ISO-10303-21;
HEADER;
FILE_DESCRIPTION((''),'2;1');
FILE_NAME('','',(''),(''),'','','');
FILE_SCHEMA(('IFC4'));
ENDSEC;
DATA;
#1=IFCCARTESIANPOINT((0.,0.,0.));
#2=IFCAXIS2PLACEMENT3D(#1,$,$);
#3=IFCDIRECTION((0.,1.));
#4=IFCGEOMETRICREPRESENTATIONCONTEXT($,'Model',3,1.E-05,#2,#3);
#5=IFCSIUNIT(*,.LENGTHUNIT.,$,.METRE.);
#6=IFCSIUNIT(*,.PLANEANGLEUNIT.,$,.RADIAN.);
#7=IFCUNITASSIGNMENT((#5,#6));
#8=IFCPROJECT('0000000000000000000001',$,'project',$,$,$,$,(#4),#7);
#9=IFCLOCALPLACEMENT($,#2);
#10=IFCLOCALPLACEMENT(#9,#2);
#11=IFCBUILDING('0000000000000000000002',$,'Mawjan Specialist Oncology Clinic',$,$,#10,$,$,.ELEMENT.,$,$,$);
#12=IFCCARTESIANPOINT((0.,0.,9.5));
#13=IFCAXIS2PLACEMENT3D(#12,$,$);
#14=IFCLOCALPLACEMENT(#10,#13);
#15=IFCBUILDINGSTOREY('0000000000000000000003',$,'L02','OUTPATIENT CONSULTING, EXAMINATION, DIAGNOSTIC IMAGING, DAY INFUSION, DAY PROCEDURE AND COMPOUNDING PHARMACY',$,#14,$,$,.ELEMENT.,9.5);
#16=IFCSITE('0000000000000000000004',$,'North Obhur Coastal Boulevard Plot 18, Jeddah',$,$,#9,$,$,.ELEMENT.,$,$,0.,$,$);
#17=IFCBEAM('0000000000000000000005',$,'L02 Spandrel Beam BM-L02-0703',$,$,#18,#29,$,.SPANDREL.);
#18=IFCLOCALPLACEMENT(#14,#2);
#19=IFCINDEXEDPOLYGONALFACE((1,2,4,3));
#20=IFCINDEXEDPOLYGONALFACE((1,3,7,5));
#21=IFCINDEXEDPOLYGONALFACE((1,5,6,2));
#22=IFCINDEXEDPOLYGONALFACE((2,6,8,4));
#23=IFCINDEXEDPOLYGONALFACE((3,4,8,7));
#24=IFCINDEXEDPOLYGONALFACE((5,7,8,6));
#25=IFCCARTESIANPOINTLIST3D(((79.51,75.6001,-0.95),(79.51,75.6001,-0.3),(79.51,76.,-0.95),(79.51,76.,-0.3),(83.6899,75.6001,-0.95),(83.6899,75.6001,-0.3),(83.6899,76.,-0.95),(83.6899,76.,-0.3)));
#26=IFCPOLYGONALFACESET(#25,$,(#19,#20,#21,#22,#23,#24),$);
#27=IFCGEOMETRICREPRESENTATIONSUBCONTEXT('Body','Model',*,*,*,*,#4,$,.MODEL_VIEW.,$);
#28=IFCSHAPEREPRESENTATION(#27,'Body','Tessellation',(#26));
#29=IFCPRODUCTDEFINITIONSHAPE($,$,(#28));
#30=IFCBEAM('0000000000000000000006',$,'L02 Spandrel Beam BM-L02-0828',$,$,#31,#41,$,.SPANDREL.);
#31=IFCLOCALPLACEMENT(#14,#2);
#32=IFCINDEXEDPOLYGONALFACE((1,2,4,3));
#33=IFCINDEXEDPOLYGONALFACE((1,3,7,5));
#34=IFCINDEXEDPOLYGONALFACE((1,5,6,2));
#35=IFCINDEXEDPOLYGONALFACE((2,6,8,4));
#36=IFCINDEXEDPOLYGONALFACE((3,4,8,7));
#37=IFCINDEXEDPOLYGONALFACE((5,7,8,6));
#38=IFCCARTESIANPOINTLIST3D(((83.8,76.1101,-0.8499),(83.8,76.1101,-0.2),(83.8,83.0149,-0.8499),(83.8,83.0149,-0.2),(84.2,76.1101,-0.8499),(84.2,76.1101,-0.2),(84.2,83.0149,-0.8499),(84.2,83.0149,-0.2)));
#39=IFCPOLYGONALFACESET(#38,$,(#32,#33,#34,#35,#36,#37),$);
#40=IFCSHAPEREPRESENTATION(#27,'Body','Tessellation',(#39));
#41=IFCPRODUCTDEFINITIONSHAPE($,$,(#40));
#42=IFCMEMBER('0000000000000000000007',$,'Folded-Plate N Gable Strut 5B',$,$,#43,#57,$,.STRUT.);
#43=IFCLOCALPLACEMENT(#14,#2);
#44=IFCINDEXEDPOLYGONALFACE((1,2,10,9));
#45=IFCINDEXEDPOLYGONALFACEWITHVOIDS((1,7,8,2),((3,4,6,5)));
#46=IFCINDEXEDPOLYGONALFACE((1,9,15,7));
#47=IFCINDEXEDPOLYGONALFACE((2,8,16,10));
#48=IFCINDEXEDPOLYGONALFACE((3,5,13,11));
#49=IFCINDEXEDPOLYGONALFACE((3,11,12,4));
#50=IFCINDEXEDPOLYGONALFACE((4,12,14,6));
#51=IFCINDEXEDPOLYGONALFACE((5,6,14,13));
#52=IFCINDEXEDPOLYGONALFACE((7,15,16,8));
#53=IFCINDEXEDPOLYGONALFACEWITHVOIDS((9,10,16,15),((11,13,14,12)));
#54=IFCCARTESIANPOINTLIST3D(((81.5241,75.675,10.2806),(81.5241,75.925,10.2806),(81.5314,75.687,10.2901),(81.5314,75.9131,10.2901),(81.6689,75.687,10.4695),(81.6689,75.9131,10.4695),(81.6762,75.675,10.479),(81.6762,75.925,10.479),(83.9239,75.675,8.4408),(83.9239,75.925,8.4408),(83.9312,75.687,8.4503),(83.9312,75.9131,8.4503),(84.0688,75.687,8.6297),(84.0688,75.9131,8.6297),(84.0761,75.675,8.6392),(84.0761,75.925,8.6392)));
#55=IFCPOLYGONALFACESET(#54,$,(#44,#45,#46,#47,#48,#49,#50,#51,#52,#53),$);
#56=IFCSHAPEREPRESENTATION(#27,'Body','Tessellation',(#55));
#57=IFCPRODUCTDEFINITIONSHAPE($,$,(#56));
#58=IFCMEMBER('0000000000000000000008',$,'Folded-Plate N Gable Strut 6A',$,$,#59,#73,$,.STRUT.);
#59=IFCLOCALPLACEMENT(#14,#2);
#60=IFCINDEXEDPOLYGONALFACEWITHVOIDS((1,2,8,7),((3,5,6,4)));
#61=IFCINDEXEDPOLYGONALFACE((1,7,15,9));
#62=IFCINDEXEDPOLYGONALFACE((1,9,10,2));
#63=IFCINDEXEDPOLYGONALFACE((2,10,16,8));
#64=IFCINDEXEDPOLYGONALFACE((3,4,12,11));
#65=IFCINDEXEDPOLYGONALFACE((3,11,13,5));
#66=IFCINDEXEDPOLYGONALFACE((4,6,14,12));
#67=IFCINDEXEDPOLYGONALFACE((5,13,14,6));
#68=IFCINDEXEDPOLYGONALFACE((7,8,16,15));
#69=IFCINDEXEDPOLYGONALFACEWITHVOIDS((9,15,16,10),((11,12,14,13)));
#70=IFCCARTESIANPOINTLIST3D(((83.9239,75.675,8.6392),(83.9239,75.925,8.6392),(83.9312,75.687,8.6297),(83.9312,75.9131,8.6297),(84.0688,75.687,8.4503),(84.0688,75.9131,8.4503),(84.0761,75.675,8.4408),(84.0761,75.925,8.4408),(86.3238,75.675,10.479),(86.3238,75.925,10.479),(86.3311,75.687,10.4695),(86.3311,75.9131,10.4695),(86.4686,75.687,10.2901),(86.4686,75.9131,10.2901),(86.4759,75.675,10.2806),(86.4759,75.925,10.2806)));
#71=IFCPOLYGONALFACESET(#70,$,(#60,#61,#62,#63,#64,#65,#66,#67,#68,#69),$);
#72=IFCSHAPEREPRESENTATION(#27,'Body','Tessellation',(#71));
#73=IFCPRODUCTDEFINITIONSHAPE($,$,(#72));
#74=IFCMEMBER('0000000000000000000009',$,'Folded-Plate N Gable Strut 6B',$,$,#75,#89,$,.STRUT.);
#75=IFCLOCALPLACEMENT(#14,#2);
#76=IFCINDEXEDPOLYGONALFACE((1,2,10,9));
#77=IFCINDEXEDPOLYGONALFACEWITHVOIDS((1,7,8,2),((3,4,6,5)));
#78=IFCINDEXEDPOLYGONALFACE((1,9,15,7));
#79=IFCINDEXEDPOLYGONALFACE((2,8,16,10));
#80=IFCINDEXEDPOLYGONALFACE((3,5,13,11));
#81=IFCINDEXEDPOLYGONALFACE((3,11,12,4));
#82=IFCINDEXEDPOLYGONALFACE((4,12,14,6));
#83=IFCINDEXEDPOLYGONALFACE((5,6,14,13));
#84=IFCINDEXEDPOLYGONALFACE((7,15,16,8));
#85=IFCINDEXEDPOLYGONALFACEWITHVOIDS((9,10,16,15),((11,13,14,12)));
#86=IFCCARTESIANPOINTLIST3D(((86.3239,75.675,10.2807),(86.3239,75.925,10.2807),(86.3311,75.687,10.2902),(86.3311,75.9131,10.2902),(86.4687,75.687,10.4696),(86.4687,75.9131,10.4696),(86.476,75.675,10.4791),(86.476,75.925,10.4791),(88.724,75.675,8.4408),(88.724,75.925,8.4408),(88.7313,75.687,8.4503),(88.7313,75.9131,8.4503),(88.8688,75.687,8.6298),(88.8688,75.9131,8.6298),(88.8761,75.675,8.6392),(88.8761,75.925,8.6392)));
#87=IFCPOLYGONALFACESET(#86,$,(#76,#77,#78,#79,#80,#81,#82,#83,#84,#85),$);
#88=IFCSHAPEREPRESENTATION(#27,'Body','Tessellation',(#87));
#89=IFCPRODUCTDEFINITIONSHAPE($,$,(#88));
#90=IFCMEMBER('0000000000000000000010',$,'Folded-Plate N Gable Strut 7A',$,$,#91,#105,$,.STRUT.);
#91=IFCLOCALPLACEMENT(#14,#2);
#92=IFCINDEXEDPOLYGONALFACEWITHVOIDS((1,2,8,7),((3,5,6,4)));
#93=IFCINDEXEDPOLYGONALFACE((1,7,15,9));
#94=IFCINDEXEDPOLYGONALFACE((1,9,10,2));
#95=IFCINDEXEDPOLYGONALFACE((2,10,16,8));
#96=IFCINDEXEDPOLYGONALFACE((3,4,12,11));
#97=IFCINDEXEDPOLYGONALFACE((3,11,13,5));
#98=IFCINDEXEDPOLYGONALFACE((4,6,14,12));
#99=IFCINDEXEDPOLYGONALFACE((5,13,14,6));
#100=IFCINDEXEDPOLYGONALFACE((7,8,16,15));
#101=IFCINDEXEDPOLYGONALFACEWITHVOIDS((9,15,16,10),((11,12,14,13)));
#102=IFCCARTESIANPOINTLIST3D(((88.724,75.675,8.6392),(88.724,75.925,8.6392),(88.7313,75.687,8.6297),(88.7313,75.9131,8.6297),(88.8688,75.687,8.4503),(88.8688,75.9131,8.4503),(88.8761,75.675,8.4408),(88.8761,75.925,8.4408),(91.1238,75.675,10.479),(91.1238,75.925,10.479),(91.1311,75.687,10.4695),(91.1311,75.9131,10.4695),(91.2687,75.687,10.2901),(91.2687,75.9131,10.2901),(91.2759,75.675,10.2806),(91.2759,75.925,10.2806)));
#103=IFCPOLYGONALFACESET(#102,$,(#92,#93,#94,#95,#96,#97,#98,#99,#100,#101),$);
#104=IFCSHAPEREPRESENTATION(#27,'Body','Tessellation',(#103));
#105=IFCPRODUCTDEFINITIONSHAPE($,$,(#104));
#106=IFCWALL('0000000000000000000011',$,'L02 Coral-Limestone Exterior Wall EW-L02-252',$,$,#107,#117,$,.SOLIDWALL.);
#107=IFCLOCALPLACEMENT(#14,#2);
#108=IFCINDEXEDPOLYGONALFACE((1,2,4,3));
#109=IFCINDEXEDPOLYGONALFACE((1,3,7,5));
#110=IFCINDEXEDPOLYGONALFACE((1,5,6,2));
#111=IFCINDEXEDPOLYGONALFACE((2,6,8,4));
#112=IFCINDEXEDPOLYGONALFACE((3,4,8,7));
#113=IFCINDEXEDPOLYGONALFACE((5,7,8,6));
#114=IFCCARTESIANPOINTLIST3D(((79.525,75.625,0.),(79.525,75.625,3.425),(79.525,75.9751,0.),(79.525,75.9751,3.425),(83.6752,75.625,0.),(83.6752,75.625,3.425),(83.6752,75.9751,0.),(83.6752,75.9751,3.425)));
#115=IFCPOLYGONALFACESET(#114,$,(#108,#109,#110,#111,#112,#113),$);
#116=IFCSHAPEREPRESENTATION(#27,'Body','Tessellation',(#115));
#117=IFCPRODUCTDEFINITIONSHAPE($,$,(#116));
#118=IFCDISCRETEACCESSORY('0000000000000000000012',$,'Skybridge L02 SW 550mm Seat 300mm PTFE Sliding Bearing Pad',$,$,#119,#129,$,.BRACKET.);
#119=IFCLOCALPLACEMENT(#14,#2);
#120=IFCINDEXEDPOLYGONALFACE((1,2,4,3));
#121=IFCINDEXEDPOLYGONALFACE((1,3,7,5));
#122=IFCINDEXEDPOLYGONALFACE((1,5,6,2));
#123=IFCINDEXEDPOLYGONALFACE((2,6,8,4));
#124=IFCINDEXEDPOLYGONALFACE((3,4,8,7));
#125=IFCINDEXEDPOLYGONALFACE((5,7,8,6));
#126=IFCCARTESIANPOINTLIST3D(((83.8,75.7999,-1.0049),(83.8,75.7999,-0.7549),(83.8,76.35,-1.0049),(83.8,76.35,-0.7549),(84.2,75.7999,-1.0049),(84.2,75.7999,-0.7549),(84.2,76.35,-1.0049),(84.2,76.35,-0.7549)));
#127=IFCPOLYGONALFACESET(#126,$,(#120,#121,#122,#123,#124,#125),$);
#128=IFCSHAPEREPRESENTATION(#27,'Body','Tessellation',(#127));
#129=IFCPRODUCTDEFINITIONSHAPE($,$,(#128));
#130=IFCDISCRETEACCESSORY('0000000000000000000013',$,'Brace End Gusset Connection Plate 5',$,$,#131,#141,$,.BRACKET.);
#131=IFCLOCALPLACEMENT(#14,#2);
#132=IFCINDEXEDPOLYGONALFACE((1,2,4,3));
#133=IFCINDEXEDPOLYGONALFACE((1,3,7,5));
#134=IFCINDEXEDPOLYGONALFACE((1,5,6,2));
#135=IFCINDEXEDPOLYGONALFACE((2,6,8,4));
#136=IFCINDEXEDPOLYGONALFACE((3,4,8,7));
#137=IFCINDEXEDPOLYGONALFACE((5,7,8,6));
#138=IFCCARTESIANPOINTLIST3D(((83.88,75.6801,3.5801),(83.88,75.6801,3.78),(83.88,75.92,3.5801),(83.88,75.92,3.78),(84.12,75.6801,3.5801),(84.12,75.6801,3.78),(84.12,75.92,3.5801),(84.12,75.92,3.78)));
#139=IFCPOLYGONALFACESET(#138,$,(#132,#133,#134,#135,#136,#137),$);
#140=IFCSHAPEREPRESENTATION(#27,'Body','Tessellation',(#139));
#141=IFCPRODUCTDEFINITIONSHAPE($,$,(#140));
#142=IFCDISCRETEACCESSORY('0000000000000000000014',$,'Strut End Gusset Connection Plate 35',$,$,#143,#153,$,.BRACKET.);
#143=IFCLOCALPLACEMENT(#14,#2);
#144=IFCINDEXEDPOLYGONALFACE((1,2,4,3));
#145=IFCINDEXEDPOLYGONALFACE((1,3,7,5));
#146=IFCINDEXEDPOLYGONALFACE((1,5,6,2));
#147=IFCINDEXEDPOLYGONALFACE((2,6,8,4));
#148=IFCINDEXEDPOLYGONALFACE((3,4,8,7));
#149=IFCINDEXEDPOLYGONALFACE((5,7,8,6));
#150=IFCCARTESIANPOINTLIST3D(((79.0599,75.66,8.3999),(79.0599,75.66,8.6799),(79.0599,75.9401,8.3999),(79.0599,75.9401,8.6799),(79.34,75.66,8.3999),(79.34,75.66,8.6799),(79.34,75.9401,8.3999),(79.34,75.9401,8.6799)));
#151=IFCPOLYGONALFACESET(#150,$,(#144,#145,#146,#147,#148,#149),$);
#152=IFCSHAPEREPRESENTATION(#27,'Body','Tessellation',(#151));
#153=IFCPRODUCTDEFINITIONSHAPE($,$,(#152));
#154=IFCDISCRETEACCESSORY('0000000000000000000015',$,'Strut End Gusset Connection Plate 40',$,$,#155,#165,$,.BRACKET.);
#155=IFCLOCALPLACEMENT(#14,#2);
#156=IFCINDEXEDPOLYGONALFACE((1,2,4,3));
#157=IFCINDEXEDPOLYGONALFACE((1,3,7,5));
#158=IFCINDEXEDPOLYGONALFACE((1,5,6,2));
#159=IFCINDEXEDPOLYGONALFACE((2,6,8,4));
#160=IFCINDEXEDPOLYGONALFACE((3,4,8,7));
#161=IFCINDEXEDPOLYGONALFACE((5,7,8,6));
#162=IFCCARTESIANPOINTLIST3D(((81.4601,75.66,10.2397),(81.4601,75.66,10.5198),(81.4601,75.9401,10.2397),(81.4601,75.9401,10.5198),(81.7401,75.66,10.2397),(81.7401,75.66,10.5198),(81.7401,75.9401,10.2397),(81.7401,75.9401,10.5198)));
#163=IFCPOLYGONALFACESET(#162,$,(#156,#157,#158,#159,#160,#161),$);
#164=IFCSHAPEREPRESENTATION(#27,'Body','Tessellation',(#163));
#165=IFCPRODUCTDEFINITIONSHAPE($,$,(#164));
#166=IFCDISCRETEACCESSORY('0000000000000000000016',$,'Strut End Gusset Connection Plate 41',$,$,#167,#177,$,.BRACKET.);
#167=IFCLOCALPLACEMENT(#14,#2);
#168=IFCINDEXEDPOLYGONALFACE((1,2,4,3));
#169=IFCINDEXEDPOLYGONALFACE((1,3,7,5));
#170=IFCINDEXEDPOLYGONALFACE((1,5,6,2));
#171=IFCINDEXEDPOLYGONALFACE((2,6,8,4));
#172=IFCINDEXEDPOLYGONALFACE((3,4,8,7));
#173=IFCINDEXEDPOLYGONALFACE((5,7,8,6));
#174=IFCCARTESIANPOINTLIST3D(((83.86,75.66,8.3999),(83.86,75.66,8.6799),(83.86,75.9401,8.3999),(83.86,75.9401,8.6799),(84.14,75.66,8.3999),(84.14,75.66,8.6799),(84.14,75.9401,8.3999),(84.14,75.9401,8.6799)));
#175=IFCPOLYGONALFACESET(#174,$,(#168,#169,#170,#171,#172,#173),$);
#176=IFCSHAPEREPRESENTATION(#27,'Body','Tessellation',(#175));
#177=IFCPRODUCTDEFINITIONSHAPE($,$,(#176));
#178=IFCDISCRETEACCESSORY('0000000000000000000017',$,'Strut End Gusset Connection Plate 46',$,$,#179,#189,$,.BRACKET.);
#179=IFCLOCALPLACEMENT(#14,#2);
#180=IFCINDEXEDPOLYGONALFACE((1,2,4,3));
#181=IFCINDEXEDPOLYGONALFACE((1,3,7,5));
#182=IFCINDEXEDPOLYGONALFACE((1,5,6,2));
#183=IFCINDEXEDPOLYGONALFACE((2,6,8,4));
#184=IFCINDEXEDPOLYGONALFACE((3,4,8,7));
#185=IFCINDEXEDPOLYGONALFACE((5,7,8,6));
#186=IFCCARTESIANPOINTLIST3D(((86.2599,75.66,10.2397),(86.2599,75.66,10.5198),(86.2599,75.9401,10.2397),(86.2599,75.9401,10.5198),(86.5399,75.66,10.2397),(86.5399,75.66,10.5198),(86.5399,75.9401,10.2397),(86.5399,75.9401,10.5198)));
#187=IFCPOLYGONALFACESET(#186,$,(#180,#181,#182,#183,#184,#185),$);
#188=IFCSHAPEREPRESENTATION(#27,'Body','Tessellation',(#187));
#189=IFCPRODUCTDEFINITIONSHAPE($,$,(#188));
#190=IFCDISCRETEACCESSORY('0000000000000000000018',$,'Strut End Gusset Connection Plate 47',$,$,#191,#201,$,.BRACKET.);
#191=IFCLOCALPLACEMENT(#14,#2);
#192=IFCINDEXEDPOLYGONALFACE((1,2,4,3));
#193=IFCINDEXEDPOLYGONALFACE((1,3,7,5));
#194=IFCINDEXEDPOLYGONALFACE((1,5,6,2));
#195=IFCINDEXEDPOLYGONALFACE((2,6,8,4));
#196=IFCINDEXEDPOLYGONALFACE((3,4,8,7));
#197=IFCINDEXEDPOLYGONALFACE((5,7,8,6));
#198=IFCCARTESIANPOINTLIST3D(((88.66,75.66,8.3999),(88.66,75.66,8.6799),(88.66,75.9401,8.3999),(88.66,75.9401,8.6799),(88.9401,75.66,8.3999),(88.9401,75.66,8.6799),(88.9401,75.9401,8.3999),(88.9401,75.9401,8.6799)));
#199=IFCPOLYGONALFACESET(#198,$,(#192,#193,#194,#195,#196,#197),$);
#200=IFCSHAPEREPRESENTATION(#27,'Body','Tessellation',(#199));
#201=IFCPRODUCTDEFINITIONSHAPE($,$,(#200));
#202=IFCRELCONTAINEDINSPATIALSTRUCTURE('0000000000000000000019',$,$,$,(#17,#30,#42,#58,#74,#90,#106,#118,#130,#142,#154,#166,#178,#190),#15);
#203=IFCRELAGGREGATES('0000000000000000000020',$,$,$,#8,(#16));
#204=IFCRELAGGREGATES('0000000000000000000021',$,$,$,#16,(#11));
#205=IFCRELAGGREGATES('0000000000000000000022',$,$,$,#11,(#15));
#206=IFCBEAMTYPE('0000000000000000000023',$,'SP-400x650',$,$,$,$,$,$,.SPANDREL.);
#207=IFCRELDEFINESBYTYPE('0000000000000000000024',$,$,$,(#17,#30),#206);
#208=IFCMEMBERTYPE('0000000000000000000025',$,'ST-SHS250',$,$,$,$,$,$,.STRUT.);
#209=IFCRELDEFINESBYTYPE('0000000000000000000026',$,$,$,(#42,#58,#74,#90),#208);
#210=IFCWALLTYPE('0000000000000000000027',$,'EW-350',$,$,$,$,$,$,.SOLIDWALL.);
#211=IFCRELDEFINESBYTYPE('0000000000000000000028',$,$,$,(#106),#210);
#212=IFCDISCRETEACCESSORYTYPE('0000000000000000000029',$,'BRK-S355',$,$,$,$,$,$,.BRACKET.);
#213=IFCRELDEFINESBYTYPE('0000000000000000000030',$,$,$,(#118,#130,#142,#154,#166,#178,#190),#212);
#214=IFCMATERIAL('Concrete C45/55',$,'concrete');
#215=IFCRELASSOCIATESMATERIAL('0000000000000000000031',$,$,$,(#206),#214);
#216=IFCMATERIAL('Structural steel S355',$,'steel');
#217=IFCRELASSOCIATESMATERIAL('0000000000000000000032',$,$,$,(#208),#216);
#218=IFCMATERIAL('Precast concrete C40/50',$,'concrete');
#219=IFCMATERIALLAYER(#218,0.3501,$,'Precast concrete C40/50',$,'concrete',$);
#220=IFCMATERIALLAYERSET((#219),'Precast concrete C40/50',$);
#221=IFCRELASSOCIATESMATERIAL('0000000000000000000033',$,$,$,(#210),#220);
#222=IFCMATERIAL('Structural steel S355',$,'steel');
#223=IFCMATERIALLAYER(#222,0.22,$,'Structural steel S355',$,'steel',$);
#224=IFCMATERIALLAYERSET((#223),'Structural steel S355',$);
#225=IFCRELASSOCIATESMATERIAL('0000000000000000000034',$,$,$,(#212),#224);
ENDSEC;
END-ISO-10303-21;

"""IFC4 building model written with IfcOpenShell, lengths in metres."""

from ifc_helpers import new_model, si_unit, direction, frame, frame_2d, origin, origin_2d, place, context, subcontext, project, spatial, rectangle, hollow_rectangle, extrude, material, layer, layer_set, material_profile, profile_set, type_object, element, save


model = new_model("IFC4")

# Units and contexts
model_context = context("Model", 3, precision=1e-05, world=origin(), true_north=direction((0.0, 1.0)))
body_context = subcontext(model_context, "Body", "Model", "MODEL_VIEW")
ifc_project = project(units=[si_unit("LENGTHUNIT", "METRE"), si_unit("PLANEANGLEUNIT", "RADIAN")], contexts=[model_context])

# Site, building, storey
site_placement = place(None, origin())
site = spatial("IfcSite", under=ifc_project, at=site_placement, Name="North Obhur Coastal Boulevard Plot 18, Jeddah", CompositionType="ELEMENT", RefElevation=0.0)
building_placement = place(site_placement, origin())
building = spatial("IfcBuilding", under=site, at=building_placement, Name="Mawjan Specialist Oncology Clinic", CompositionType="ELEMENT")
storey_placement = place(building_placement, frame((0.0, 0.0, 9.5)))
storey = spatial("IfcBuildingStorey", under=building, at=storey_placement, Name="L02", Description="OUTPATIENT CONSULTING, EXAMINATION, DIAGNOSTIC IMAGING, DAY INFUSION, DAY PROCEDURE AND COMPOUNDING PHARMACY", CompositionType="ELEMENT", Elevation=9.5)

# Beams
ifc_material_1 = material(Name="Concrete C45/55", Category="concrete")
ifc_material_profile_1 = material_profile(ifc_material_1, rectangle(XDim=0.3999, YDim=0.6499, at=origin_2d()), Name="RC BM 400x650", Category="concrete")
ifc_profile_set_1 = profile_set([ifc_material_profile_1], Name="Concrete C45/55")
beam_type_1 = type_object("IfcBeamType", Name="SP-400x650", PredefinedType="SPANDREL", material=ifc_profile_set_1)
beam_1_placement = place(storey_placement, frame((79.51, 75.8, -0.625), z_axis=(1.0, 0.0, 0.0), x_axis=(0.0, 1.0, 0.0)))
element("IfcBeam", 1, at=beam_1_placement, inside=storey, type_object=beam_type_1, Name="L02 Spandrel Beam BM-L02-0703", PredefinedType="SPANDREL", context=body_context, shape_type="SweptSolid", body=[
    extrude(rectangle(XDim=0.3999, YDim=0.6499, at=origin_2d()), origin(), (0.0, 0.0, 1.0), 4.1799),
])
beam_2_placement = place(storey_placement, frame((84.0, 76.1101, -0.5249), z_axis=(0.0, 1.0, 0.0), x_axis=(-1.0, 0.0, 0.0)))
element("IfcBeam", 2, at=beam_2_placement, inside=storey, type_object=beam_type_1, Name="L02 Spandrel Beam BM-L02-0828", PredefinedType="SPANDREL", context=body_context, shape_type="SweptSolid", body=[
    extrude(rectangle(XDim=0.3999, YDim=0.6499, at=origin_2d()), origin(), (0.0, 0.0, 1.0), 6.9048),
])

# Members
ifc_material_2 = material(Name="Structural steel S355", Category="steel")
ifc_material_profile_2 = material_profile(ifc_material_2, hollow_rectangle(XDim=0.25, YDim=0.25, WallThickness=0.012, at=origin_2d()), Name="SHS 250x250x12", Category="steel")
ifc_profile_set_2 = profile_set([ifc_material_profile_2], Name="Structural steel S355")
member_type_1 = type_object("IfcMemberType", Name="ST-SHS250", PredefinedType="STRUT", material=ifc_profile_set_2)
for number, where, z_axis, x_axis, name in (
    (3, (84.0, 75.8, 8.54), (-0.793619, 0.0, 0.608415), (0.0, -1.0, 0.0), "Folded-Plate N Gable Strut 5B"),
    (4, (84.0, 75.8, 8.54), (0.793619, 0.0, 0.608415), (0.0, 1.0, 0.0), "Folded-Plate N Gable Strut 6A"),
):
    element("IfcMember", number, at=place(storey_placement, frame(where, z_axis=z_axis, x_axis=x_axis)), inside=storey, type_object=member_type_1, Name=name, PredefinedType="STRUT", context=body_context, shape_type="SweptSolid", body=[
        extrude(hollow_rectangle(XDim=0.25, YDim=0.25, WallThickness=0.012, at=origin_2d()), origin(), (0.0, 0.0, 1.0), 3.0239),
    ])
member_1_placement = place(storey_placement, frame((88.8, 75.8, 8.54), z_axis=(-0.793649, 0.0, 0.608376), x_axis=(0.0, -1.0, 0.0)))
element("IfcMember", 5, at=member_1_placement, inside=storey, type_object=member_type_1, Name="Folded-Plate N Gable Strut 6B", PredefinedType="STRUT", context=body_context, shape_type="SweptSolid", body=[
    extrude(hollow_rectangle(XDim=0.25, YDim=0.25, WallThickness=0.012, at=origin_2d()), origin(), (0.0, 0.0, 1.0), 3.0242),
])
member_2_placement = place(storey_placement, frame((88.8, 75.8, 8.54), z_axis=(0.793619, 0.0, 0.608415), x_axis=(0.0, 1.0, 0.0)))
element("IfcMember", 6, at=member_2_placement, inside=storey, type_object=member_type_1, Name="Folded-Plate N Gable Strut 7A", PredefinedType="STRUT", context=body_context, shape_type="SweptSolid", body=[
    extrude(hollow_rectangle(XDim=0.25, YDim=0.25, WallThickness=0.012, at=origin_2d()), origin(), (0.0, 0.0, 1.0), 3.0239),
])

# Wall
ifc_material_3 = material(Name="Precast concrete C40/50", Category="concrete")
ifc_layer_1 = layer(ifc_material_3, 0.3501, Name="Precast concrete C40/50", Category="concrete")
ifc_layer_set_1 = layer_set([ifc_layer_1], Name="Precast concrete C40/50")
wall_type = type_object("IfcWallType", Name="EW-350", PredefinedType="SOLIDWALL", material=ifc_layer_set_1)
wall_placement = place(storey_placement, frame((79.5249, 75.8, 0.0), z_axis=(0.0, 0.0, 1.0), x_axis=(1.0, 0.0, 0.0)))
element("IfcWall", 7, at=wall_placement, inside=storey, type_object=wall_type, Name="L02 Coral-Limestone Exterior Wall EW-L02-252", PredefinedType="SOLIDWALL", context=body_context, shape_type="SweptSolid", body=[
    extrude(rectangle(XDim=4.1501, YDim=0.3501, at=frame_2d((2.0752, 0.0))), origin(), (0.0, 0.0, 1.0), 3.425),
])

# Discrete accessories
ifc_material_4 = material(Name="Structural steel S355", Category="steel")
ifc_layer_2 = layer(ifc_material_4, 0.22, Name="Structural steel S355", Category="steel")
ifc_layer_set_2 = layer_set([ifc_layer_2], Name="Structural steel S355")
discrete_accessory_type = type_object("IfcDiscreteAccessoryType", Name="BRK-S355", PredefinedType="BRACKET", material=ifc_layer_set_2)
discrete_accessory_1_placement = place(storey_placement, frame((84.0, 76.075, -1.0049), z_axis=(0.0, 0.0, 1.0), x_axis=(1.0, 0.0, 0.0)))
element("IfcDiscreteAccessory", 8, at=discrete_accessory_1_placement, inside=storey, type_object=discrete_accessory_type, Name="Skybridge L02 SW 550mm Seat 300mm PTFE Sliding Bearing Pad", PredefinedType="BRACKET", context=body_context, shape_type="SweptSolid", body=[
    extrude(rectangle(XDim=0.3999, YDim=0.55, at=origin_2d()), origin(), (0.0, 0.0, 1.0), 0.25),
])
discrete_accessory_2_placement = place(storey_placement, frame((84.0, 75.8, 3.5801), z_axis=(0.0, 0.0, 1.0), x_axis=(1.0, 0.0, 0.0)))
element("IfcDiscreteAccessory", 9, at=discrete_accessory_2_placement, inside=storey, type_object=discrete_accessory_type, Name="Brace End Gusset Connection Plate 5", PredefinedType="BRACKET", context=body_context, shape_type="SweptSolid", body=[
    extrude(rectangle(XDim=0.24, YDim=0.24, at=origin_2d()), origin(), (0.0, 0.0, 1.0), 0.2),
])
for number, where, z_axis, x_axis, name in (
    (10, (79.2, 75.8, 8.3999), (0.0, 0.0, 1.0), (1.0, 0.0, 0.0), "Strut End Gusset Connection Plate 35"),
    (11, (81.6001, 75.8, 10.2397), (0.0, 0.0, 1.0), (1.0, 0.0, 0.0), "Strut End Gusset Connection Plate 40"),
    (12, (84.0, 75.8, 8.3999), (0.0, 0.0, 1.0), (1.0, 0.0, 0.0), "Strut End Gusset Connection Plate 41"),
    (13, (86.3999, 75.8, 10.2397), (0.0, 0.0, 1.0), (1.0, 0.0, 0.0), "Strut End Gusset Connection Plate 46"),
    (14, (88.8, 75.8, 8.3999), (0.0, 0.0, 1.0), (1.0, 0.0, 0.0), "Strut End Gusset Connection Plate 47"),
):
    element("IfcDiscreteAccessory", number, at=place(storey_placement, frame(where, z_axis=z_axis, x_axis=x_axis)), inside=storey, type_object=discrete_accessory_type, Name=name, PredefinedType="BRACKET", context=body_context, shape_type="SweptSolid", body=[
        extrude(rectangle(XDim=0.28, YDim=0.28, at=origin_2d()), origin(), (0.0, 0.0, 1.0), 0.28),
    ])

save(model, "model.ifc")
